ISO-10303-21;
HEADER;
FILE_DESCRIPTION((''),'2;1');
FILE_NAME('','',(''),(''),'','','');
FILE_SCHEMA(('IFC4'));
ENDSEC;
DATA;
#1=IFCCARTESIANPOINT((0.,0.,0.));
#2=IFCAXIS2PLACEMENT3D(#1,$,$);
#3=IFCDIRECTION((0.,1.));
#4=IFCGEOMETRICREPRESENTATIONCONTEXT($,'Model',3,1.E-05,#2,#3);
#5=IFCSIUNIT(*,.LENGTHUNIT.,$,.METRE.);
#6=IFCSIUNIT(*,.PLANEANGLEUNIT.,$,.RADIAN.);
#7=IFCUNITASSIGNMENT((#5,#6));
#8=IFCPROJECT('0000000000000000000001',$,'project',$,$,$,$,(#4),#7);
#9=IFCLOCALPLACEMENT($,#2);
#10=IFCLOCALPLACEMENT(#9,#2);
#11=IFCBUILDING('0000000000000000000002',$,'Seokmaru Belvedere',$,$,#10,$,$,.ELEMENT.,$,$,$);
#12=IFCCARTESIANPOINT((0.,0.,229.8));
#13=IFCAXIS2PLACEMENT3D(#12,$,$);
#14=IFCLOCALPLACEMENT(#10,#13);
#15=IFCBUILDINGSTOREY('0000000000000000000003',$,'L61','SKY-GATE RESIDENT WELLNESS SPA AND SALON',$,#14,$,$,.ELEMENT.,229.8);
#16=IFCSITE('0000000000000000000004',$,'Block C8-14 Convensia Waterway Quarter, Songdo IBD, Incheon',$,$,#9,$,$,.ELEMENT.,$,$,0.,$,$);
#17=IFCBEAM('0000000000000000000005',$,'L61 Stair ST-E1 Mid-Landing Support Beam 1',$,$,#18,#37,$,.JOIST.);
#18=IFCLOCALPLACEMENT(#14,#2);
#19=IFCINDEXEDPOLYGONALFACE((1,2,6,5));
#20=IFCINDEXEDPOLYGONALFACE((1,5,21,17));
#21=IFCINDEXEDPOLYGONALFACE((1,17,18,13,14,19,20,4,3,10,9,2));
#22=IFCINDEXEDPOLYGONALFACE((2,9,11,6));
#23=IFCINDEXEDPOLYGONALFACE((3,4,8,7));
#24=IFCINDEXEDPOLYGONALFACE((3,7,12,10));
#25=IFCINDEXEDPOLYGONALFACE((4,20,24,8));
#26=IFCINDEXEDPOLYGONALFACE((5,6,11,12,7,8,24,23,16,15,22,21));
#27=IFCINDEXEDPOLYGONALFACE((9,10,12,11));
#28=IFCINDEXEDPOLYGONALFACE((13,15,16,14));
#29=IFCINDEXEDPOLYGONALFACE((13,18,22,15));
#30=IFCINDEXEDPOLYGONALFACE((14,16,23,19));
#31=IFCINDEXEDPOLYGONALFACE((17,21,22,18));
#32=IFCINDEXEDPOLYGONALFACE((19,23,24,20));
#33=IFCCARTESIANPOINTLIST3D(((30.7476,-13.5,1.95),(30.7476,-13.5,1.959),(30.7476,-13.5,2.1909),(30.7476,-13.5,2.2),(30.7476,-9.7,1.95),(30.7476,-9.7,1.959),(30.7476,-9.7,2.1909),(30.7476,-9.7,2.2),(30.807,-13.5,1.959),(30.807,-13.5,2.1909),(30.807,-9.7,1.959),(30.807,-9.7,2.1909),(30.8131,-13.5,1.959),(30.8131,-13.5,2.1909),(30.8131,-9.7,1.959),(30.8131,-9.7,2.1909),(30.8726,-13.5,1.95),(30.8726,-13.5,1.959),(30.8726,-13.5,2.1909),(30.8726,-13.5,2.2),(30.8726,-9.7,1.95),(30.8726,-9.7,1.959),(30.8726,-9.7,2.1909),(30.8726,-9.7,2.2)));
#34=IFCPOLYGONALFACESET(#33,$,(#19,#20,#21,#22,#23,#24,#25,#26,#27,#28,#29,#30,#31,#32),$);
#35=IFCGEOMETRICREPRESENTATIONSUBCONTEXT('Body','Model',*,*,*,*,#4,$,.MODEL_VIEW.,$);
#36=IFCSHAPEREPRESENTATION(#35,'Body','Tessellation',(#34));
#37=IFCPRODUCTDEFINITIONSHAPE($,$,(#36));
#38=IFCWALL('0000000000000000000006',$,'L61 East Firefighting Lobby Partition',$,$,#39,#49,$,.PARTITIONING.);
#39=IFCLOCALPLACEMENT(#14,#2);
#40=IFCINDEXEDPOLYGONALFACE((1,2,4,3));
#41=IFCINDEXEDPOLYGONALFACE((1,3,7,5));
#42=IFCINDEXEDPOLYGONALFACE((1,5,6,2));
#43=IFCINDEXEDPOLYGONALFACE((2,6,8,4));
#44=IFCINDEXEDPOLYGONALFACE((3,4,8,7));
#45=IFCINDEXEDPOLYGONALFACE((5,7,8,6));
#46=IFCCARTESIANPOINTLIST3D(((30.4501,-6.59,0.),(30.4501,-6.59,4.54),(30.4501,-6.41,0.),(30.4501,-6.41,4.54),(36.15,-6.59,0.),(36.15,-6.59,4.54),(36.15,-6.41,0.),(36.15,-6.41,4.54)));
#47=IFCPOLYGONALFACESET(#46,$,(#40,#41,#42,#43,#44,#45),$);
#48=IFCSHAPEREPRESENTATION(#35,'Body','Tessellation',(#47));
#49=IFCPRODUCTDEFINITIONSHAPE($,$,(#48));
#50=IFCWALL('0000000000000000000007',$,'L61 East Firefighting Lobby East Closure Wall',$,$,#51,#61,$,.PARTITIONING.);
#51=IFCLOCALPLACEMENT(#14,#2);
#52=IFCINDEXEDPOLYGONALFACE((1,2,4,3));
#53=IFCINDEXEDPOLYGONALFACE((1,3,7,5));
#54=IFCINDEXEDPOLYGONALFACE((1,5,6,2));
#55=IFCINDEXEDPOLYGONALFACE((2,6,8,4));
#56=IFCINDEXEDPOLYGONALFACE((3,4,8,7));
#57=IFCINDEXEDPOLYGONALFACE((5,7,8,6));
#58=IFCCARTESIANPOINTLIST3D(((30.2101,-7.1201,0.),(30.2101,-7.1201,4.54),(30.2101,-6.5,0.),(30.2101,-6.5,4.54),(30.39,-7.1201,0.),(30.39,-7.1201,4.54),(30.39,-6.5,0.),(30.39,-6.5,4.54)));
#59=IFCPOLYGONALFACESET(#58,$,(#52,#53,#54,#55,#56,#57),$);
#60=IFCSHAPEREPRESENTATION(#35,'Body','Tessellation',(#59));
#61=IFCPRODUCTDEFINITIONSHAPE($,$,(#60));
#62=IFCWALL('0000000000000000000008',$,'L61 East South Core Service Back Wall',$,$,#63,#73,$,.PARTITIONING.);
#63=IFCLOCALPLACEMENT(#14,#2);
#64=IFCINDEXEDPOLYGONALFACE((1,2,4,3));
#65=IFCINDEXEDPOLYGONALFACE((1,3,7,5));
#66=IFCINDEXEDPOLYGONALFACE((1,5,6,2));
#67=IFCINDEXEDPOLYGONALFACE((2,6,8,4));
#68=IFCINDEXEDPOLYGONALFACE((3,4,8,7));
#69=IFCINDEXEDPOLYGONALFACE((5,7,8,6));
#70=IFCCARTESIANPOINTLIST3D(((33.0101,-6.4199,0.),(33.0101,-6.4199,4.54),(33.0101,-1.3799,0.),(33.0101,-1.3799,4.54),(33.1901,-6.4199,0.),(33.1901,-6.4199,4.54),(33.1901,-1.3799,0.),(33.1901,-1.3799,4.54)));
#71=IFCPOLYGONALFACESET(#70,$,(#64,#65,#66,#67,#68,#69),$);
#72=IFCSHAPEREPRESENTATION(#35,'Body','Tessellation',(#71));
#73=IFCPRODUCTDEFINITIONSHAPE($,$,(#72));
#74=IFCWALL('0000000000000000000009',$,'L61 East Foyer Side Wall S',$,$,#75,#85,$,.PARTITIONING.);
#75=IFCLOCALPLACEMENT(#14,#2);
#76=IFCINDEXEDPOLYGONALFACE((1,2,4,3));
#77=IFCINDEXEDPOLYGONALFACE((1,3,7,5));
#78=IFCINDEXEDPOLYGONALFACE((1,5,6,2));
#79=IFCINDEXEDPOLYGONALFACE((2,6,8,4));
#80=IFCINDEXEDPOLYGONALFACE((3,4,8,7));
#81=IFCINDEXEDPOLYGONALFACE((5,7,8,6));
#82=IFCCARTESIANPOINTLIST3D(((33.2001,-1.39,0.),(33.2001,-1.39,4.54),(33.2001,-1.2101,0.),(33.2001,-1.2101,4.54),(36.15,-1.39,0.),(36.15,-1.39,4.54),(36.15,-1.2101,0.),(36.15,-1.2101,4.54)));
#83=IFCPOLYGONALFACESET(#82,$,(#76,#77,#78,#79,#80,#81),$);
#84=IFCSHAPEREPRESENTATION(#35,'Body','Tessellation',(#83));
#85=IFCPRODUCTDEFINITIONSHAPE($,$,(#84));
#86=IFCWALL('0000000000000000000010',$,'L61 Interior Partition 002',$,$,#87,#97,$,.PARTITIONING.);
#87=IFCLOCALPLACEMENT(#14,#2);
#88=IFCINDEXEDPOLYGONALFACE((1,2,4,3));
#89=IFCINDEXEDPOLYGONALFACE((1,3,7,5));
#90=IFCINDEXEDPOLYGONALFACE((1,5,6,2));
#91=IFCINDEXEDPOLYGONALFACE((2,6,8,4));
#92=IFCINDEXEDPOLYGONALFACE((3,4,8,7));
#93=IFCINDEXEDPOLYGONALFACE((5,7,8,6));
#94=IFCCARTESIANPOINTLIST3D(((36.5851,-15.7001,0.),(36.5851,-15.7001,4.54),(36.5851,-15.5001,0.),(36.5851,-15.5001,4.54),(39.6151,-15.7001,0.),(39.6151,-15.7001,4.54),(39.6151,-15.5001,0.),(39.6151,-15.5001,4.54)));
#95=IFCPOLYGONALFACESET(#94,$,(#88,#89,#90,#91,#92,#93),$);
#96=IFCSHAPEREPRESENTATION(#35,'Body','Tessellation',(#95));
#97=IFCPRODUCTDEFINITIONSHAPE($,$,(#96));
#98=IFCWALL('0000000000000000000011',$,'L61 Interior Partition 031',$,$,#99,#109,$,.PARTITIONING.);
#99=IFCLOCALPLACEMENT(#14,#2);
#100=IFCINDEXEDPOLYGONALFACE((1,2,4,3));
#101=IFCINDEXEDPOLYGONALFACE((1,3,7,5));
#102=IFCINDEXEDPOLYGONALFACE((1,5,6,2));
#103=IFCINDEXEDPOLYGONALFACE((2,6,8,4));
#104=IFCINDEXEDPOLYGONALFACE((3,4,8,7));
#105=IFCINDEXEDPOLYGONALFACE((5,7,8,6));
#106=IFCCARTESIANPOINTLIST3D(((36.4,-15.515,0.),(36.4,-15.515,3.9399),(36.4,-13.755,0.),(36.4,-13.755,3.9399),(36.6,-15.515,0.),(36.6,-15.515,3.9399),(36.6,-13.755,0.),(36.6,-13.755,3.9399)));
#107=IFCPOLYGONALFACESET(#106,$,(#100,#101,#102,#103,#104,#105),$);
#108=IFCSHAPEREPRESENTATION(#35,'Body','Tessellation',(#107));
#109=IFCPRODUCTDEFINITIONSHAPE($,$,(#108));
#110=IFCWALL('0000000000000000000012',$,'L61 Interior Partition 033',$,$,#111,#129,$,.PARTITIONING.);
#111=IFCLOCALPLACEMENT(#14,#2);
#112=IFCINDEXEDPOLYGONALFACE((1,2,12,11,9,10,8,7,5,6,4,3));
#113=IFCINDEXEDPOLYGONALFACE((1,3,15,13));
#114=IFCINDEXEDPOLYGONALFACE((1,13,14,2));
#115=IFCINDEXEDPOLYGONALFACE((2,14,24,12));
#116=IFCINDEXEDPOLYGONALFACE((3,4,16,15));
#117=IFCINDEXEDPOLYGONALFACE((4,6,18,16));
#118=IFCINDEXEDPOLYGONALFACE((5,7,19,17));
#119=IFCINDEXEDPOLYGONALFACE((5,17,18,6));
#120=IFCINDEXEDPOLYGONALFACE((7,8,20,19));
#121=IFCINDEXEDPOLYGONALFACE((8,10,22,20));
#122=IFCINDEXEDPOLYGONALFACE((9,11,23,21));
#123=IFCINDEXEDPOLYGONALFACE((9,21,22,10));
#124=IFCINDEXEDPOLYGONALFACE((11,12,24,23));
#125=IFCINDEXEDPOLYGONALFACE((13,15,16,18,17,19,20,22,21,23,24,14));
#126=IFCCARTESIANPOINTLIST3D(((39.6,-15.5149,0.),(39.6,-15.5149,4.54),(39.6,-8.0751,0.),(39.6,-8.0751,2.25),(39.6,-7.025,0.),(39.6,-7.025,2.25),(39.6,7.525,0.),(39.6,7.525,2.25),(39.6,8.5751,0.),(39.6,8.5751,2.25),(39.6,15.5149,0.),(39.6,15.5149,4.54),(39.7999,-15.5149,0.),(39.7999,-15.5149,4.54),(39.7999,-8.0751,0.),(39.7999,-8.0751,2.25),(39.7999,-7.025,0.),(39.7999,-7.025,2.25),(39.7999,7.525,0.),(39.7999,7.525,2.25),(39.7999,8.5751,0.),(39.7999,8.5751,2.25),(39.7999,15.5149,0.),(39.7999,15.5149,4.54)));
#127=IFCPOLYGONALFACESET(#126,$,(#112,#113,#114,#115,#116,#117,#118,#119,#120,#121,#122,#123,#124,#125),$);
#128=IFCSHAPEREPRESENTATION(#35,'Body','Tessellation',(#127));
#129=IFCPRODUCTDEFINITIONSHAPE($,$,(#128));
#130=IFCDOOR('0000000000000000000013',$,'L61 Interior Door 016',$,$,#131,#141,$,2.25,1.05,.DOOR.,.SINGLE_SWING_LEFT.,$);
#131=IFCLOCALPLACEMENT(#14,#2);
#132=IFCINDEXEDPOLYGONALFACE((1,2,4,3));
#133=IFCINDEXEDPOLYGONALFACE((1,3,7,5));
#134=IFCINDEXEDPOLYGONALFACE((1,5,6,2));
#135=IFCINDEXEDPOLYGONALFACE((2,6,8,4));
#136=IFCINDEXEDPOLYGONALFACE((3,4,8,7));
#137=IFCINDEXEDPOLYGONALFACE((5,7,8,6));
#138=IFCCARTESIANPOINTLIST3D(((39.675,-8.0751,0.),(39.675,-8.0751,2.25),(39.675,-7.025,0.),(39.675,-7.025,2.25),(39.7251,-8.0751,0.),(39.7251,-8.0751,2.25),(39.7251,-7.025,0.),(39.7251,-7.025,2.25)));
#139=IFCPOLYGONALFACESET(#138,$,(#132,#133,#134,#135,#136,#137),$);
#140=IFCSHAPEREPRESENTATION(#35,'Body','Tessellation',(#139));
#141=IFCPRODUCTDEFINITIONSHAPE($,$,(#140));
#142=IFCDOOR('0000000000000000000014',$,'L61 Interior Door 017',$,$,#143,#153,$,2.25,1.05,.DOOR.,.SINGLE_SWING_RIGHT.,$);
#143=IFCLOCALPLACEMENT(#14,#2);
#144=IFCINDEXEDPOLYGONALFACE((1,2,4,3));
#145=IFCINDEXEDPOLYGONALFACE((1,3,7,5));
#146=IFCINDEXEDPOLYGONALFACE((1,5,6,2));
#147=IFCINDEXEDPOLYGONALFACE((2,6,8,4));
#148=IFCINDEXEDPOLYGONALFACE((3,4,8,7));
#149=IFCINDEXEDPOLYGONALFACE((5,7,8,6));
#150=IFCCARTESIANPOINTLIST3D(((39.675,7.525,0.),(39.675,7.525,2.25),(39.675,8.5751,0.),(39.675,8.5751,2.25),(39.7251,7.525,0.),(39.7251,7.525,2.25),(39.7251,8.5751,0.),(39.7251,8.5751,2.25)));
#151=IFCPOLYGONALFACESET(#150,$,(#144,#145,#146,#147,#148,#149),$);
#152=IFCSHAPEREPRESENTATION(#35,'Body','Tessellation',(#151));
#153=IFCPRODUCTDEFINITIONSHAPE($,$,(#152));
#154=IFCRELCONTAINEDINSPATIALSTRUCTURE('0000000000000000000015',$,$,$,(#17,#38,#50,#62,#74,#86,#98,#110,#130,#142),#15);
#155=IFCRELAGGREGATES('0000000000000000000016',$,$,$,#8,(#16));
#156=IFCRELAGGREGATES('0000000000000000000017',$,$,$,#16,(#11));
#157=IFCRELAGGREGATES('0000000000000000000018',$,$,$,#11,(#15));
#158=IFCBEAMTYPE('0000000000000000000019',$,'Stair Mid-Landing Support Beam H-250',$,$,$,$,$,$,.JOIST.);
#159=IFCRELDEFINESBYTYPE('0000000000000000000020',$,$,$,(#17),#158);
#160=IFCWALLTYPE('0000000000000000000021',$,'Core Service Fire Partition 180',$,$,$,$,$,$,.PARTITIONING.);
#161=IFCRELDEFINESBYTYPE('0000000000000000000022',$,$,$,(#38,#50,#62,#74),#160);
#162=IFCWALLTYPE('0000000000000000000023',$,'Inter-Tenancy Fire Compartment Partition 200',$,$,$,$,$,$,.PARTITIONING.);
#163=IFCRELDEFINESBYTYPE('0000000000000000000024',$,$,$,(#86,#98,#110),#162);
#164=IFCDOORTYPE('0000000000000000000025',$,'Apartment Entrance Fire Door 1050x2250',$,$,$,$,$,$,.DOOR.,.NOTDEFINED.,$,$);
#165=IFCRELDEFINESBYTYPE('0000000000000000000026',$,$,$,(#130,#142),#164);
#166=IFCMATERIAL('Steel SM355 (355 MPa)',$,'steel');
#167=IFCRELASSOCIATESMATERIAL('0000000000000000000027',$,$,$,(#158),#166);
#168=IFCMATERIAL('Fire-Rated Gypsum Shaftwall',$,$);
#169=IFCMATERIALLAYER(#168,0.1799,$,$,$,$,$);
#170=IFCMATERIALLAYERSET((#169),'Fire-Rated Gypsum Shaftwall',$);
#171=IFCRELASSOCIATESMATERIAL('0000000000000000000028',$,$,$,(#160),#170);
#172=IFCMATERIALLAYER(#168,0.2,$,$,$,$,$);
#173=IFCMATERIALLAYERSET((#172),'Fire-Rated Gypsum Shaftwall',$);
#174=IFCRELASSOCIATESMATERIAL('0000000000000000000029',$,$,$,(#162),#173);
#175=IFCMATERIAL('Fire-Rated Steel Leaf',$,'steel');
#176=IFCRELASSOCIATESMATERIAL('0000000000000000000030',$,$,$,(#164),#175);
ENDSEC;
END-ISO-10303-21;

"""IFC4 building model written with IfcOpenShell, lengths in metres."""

from ifc_helpers import new_model, si_unit, direction, frame, frame_2d, origin, origin_2d, place, context, subcontext, project, spatial, rectangle, i_section, extrude, source, transform, mapped, material, layer, layer_set, material_profile, profile_set, type_object, type_shapes, element, fill, save


model = new_model("IFC4")

# Units and contexts
model_context = context("Model", 3, precision=1e-05, world=origin(), true_north=direction((0.0, 1.0)))
body_context = subcontext(model_context, "Body", "Model", "MODEL_VIEW")
ifc_project = project(units=[si_unit("LENGTHUNIT", "METRE"), si_unit("PLANEANGLEUNIT", "RADIAN")], contexts=[model_context])

# Site, building, storey
site_placement = place(None, origin())
site = spatial("IfcSite", under=ifc_project, at=site_placement, Name="Block C8-14 Convensia Waterway Quarter, Songdo IBD, Incheon", CompositionType="ELEMENT", RefElevation=0.0)
building_placement = place(site_placement, origin())
building = spatial("IfcBuilding", under=site, at=building_placement, Name="Seokmaru Belvedere", CompositionType="ELEMENT")
storey_placement = place(building_placement, frame((0.0, 0.0, 229.8)))
storey = spatial("IfcBuildingStorey", under=building, at=storey_placement, Name="L61", Description="SKY-GATE RESIDENT WELLNESS SPA AND SALON", CompositionType="ELEMENT", Elevation=229.8)

# Shared definitions
ifc_material_1 = material(Name="Steel SM355 (355 MPa)", Category="steel")

# Beam
ifc_material_profile_1 = material_profile(ifc_material_1, i_section(OverallWidth=0.125, OverallDepth=0.25, WebThickness=0.0061, FlangeThickness=0.009, at=origin_2d()), Name="H-250x125x6x9")
ifc_profile_set_1 = profile_set([ifc_material_profile_1], Name="Steel SM355 (355 MPa)")
beam_type_1 = type_object("IfcBeamType", Name="Stair Mid-Landing Support Beam H-250", PredefinedType="JOIST", material=ifc_profile_set_1)
shared_shape_1 = source(origin(), body_context, "Body", "SweptSolid", [
    extrude(i_section(OverallWidth=0.125, OverallDepth=0.25, WebThickness=0.0061, FlangeThickness=0.009, at=origin_2d()), origin(), (0.0, 0.0, 1.0), 3.8),
])
type_shapes(beam_type_1, [shared_shape_1])
beam_1_placement = place(storey_placement, frame((30.8101, -13.5, 2.075), z_axis=(0.0, 1.0, 0.0), x_axis=(-1.0, 0.0, 0.0)))
element("IfcBeam", 1, at=beam_1_placement, inside=storey, type_object=beam_type_1, Name="L61 Stair ST-E1 Mid-Landing Support Beam 1", PredefinedType="JOIST", context=body_context, shape_type="MappedRepresentation", body=[
    mapped(shared_shape_1, transform((0.0, 0.0, 0.0), scale=1.0)),
])

# Walls
ifc_material_2 = material(Name="Fire-Rated Gypsum Shaftwall")
ifc_layer_1 = layer(ifc_material_2, 0.1799)
ifc_layer_set_1 = layer_set([ifc_layer_1], Name="Fire-Rated Gypsum Shaftwall")
wall_type_1 = type_object("IfcWallType", Name="Core Service Fire Partition 180", PredefinedType="PARTITIONING", material=ifc_layer_set_1)
wall_1_placement = place(storey_placement, frame((30.45, -6.5, 0.0), z_axis=(0.0, 0.0, 1.0), x_axis=(1.0, 0.0, 0.0)))
element("IfcWall", 2, at=wall_1_placement, inside=storey, type_object=wall_type_1, Name="L61 East Firefighting Lobby Partition", PredefinedType="PARTITIONING", context=body_context, shape_type="SweptSolid", body=[
    extrude(rectangle(XDim=5.7, YDim=0.1799, at=frame_2d((2.8501, 0.0))), origin(), (0.0, 0.0, 1.0), 4.54),
])
wall_2_placement = place(storey_placement, frame((30.3, -7.1201, 0.0), z_axis=(0.0, 0.0, 1.0), x_axis=(0.0, 1.0, 0.0)))
element("IfcWall", 3, at=wall_2_placement, inside=storey, type_object=wall_type_1, Name="L61 East Firefighting Lobby East Closure Wall", PredefinedType="PARTITIONING", context=body_context, shape_type="SweptSolid", body=[
    extrude(rectangle(XDim=0.6201, YDim=0.1799, at=frame_2d((0.3101, 0.0))), origin(), (0.0, 0.0, 1.0), 4.54),
])
wall_3_placement = place(storey_placement, frame((33.1001, -6.4199, 0.0), z_axis=(0.0, 0.0, 1.0), x_axis=(0.0, 1.0, 0.0)))
element("IfcWall", 4, at=wall_3_placement, inside=storey, type_object=wall_type_1, Name="L61 East South Core Service Back Wall", PredefinedType="PARTITIONING", context=body_context, shape_type="SweptSolid", body=[
    extrude(rectangle(XDim=5.04, YDim=0.1799, at=frame_2d((2.52, 0.0))), origin(), (0.0, 0.0, 1.0), 4.54),
])
wall_4_placement = place(storey_placement, frame((33.2, -1.3, 0.0), z_axis=(0.0, 0.0, 1.0), x_axis=(1.0, 0.0, 0.0)))
element("IfcWall", 5, at=wall_4_placement, inside=storey, type_object=wall_type_1, Name="L61 East Foyer Side Wall S", PredefinedType="PARTITIONING", context=body_context, shape_type="SweptSolid", body=[
    extrude(rectangle(XDim=2.95, YDim=0.1799, at=frame_2d((1.4751, 0.0))), origin(), (0.0, 0.0, 1.0), 4.54),
])
ifc_layer_2 = layer(ifc_material_2, 0.2)
ifc_layer_set_2 = layer_set([ifc_layer_2], Name="Fire-Rated Gypsum Shaftwall")
wall_type_2 = type_object("IfcWallType", Name="Inter-Tenancy Fire Compartment Partition 200", PredefinedType="PARTITIONING", material=ifc_layer_set_2)
wall_5_placement = place(storey_placement, frame((36.585, -15.6001, 0.0), z_axis=(0.0, 0.0, 1.0), x_axis=(1.0, 0.0, 0.0)))
element("IfcWall", 6, at=wall_5_placement, inside=storey, type_object=wall_type_2, Name="L61 Interior Partition 002", PredefinedType="PARTITIONING", context=body_context, shape_type="SweptSolid", body=[
    extrude(rectangle(XDim=3.03, YDim=0.2, at=frame_2d((1.5151, 0.0))), origin(), (0.0, 0.0, 1.0), 4.54),
])
wall_6_placement = place(storey_placement, frame((36.5, -15.5149, 0.0), z_axis=(0.0, 0.0, 1.0), x_axis=(0.0, 1.0, 0.0)))
element("IfcWall", 7, at=wall_6_placement, inside=storey, type_object=wall_type_2, Name="L61 Interior Partition 031", PredefinedType="PARTITIONING", context=body_context, shape_type="SweptSolid", body=[
    extrude(rectangle(XDim=1.76, YDim=0.2, at=frame_2d((0.8799, 0.0))), origin(), (0.0, 0.0, 1.0), 3.9399),
])

# Wall, openings, doors
wall_7_placement = place(storey_placement, frame((39.7, -15.5149, 0.0), z_axis=(0.0, 0.0, 1.0), x_axis=(0.0, 1.0, 0.0)))
wall_7 = element("IfcWall", 8, at=wall_7_placement, inside=storey, type_object=wall_type_2, Name="L61 Interior Partition 033", PredefinedType="PARTITIONING", context=body_context, shape_type="SweptSolid", body=[
    extrude(rectangle(XDim=31.0298, YDim=0.2, at=frame_2d((15.5149, 0.0))), origin(), (0.0, 0.0, 1.0), 4.54),
])
opening_1_placement = place(wall_7_placement, frame((7.4399, 0.0, 0.0)))
opening_1 = element("IfcOpeningElement", 9, at=opening_1_placement, cuts=wall_7, PredefinedType="OPENING", context=body_context, shape_type="SweptSolid", body=[
    extrude(rectangle(XDim=1.05, YDim=2.25, at=frame_2d((0.5249, 1.125))), frame((0.0, 0.1099, 0.0), z_axis=(0.0, -1.0, 0.0), x_axis=(1.0, 0.0, 0.0)), (0.0, 0.0, 1.0), 0.22),
])
opening_2_placement = place(wall_7_placement, frame((23.04, 0.0, 0.0)))
opening_2 = element("IfcOpeningElement", 10, at=opening_2_placement, cuts=wall_7, PredefinedType="OPENING", context=body_context, shape_type="SweptSolid", body=[
    extrude(rectangle(XDim=1.05, YDim=2.25, at=frame_2d((0.5249, 1.125))), frame((0.0, 0.1099, 0.0), z_axis=(0.0, -1.0, 0.0), x_axis=(1.0, 0.0, 0.0)), (0.0, 0.0, 1.0), 0.22),
])
ifc_material_3 = material(Name="Fire-Rated Steel Leaf", Category="steel")
door_type_1 = type_object("IfcDoorType", Name="Apartment Entrance Fire Door 1050x2250", OperationType="NOTDEFINED", PredefinedType="DOOR", material=ifc_material_3)
shared_shape_2 = source(origin(), body_context, "Body", "SweptSolid", [
    extrude(rectangle(XDim=1.05, YDim=2.25, at=frame_2d((0.5249, 1.125))), frame((0.0, 0.0249, 0.0), z_axis=(0.0, -1.0, 0.0), x_axis=(1.0, 0.0, 0.0)), (0.0, 0.0, 1.0), 0.05),
])
type_shapes(door_type_1, [shared_shape_2])
door_1_placement = place(opening_1_placement, origin())
door_1 = element("IfcDoor", 11, at=door_1_placement, inside=storey, type_object=door_type_1, Name="L61 Interior Door 016", OperationType="SINGLE_SWING_LEFT", OverallHeight=2.25, OverallWidth=1.05, PredefinedType="DOOR", context=body_context, shape_type="MappedRepresentation", body=[
    mapped(shared_shape_2, transform((0.0, 0.0, 0.0), scale=1.0)),
])
fill(opening_1, door_1)
door_2_placement = place(opening_2_placement, origin())
door_2 = element("IfcDoor", 12, at=door_2_placement, inside=storey, type_object=door_type_1, Name="L61 Interior Door 017", OperationType="SINGLE_SWING_RIGHT", OverallHeight=2.25, OverallWidth=1.05, PredefinedType="DOOR", context=body_context, shape_type="MappedRepresentation", body=[
    mapped(shared_shape_2, transform((0.0, 0.0, 0.0), scale=1.0)),
])
fill(opening_2, door_2)

save(model, "model.ifc")
